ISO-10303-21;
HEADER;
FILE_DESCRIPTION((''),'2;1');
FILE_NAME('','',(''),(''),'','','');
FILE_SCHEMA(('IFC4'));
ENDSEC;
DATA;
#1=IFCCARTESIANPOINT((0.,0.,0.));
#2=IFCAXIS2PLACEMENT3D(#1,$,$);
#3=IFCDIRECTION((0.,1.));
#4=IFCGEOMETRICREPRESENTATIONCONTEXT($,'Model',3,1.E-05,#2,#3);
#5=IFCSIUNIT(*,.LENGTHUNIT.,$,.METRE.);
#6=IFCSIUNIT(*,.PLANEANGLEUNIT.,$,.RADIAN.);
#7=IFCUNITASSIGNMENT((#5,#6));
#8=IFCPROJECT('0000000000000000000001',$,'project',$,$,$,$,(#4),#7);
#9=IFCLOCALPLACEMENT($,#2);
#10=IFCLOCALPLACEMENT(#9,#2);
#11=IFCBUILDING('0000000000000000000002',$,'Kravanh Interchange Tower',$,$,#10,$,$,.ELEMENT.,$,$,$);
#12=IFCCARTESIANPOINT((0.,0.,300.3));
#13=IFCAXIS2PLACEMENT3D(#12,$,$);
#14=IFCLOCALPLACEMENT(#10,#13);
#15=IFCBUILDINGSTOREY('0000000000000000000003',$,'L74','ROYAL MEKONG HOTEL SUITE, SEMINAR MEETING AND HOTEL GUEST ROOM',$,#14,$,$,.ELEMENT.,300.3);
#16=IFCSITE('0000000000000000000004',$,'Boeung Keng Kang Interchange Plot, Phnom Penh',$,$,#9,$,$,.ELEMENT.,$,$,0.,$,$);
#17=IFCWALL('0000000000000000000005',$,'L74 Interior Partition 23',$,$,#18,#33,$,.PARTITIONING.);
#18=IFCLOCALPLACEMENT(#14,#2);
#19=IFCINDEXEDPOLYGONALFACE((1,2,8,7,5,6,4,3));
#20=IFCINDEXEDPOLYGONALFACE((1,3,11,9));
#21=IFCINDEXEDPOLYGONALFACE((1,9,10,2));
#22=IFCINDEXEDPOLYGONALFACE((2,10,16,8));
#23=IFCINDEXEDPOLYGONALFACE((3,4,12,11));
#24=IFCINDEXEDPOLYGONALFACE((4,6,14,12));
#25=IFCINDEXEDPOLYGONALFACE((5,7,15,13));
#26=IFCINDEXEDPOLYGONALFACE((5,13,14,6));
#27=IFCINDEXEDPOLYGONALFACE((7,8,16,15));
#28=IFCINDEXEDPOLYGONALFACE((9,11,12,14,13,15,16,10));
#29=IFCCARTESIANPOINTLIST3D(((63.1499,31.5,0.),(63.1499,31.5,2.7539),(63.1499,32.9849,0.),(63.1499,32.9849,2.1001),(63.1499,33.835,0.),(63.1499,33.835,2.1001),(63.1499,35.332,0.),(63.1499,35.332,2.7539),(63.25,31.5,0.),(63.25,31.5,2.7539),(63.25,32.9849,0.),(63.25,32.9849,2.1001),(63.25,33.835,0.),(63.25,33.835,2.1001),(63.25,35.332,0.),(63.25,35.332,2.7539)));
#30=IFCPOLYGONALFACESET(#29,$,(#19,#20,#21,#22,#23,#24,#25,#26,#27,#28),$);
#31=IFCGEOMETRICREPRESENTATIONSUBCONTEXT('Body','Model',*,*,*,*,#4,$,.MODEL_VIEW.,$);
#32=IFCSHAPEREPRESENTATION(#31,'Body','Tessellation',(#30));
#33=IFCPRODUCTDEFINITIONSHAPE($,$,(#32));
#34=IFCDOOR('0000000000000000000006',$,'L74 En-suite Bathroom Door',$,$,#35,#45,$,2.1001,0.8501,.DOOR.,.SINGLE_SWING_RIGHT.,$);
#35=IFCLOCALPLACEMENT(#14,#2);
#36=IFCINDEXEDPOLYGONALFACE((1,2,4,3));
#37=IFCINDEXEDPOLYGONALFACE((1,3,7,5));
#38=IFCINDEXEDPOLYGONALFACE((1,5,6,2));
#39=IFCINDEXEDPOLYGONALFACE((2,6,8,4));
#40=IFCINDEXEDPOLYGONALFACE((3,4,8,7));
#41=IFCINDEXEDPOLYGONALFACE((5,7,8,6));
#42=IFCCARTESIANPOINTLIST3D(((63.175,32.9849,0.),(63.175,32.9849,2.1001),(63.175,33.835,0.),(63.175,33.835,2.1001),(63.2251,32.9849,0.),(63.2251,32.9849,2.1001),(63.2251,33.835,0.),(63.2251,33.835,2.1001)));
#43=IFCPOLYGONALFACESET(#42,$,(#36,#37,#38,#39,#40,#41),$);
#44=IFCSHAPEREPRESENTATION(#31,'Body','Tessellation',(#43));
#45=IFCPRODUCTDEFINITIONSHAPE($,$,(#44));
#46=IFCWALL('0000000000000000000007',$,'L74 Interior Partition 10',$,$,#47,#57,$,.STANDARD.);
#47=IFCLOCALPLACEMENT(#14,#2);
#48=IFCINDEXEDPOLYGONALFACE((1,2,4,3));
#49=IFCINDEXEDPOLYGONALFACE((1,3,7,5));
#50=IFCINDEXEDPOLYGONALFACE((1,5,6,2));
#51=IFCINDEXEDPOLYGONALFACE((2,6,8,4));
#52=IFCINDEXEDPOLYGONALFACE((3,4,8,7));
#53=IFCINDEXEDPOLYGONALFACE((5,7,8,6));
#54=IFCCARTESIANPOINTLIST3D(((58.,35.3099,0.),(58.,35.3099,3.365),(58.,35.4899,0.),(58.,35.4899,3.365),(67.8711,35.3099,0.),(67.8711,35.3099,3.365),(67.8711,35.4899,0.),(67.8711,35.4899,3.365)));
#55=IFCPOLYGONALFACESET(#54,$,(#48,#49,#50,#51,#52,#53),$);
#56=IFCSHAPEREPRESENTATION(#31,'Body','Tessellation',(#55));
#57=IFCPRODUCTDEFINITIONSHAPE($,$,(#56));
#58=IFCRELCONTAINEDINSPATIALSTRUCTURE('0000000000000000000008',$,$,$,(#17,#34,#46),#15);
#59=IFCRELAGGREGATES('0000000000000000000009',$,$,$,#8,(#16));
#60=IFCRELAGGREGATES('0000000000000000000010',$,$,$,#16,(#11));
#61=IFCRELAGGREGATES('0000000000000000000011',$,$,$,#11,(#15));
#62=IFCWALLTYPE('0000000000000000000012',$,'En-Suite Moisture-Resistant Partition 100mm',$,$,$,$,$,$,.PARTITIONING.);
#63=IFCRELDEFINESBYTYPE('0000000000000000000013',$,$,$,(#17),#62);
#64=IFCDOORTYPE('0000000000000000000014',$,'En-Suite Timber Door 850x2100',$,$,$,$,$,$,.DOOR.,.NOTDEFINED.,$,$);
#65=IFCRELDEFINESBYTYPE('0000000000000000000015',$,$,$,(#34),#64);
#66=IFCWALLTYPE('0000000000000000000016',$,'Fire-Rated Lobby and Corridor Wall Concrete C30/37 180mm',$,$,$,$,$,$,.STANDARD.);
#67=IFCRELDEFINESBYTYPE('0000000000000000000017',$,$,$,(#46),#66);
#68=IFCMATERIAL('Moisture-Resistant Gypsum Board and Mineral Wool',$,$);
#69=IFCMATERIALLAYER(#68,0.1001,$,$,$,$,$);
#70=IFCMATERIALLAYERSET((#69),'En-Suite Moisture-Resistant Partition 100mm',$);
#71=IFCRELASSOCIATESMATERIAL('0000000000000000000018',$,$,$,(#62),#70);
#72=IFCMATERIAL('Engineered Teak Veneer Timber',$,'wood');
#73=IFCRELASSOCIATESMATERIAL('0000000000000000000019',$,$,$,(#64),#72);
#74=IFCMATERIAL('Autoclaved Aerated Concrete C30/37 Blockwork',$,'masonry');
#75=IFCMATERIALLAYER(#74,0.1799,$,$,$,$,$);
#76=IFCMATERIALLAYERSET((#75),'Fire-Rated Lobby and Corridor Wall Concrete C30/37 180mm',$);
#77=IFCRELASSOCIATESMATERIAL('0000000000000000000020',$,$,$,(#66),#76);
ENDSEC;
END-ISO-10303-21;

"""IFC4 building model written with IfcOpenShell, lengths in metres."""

from ifc_helpers import new_model, si_unit, direction, frame, frame_2d, origin, place, context, subcontext, project, spatial, rectangle, extrude, material, layer, layer_set, type_object, element, fill, save


model = new_model("IFC4")

# Units and contexts
model_context = context("Model", 3, precision=1e-05, world=origin(), true_north=direction((0.0, 1.0)))
body_context = subcontext(model_context, "Body", "Model", "MODEL_VIEW")
ifc_project = project(units=[si_unit("LENGTHUNIT", "METRE"), si_unit("PLANEANGLEUNIT", "RADIAN")], contexts=[model_context])

# Site, building, storey
site_placement = place(None, origin())
site = spatial("IfcSite", under=ifc_project, at=site_placement, Name="Boeung Keng Kang Interchange Plot, Phnom Penh", CompositionType="ELEMENT", RefElevation=0.0)
building_placement = place(site_placement, origin())
building = spatial("IfcBuilding", under=site, at=building_placement, Name="Kravanh Interchange Tower", CompositionType="ELEMENT")
storey_placement = place(building_placement, frame((0.0, 0.0, 300.3)))
storey = spatial("IfcBuildingStorey", under=building, at=storey_placement, Name="L74", Description="ROYAL MEKONG HOTEL SUITE, SEMINAR MEETING AND HOTEL GUEST ROOM", CompositionType="ELEMENT", Elevation=300.3)

# Shared definitions
ifc_material_1 = material(Name="Moisture-Resistant Gypsum Board and Mineral Wool")
ifc_layer_1 = layer(ifc_material_1, 0.1001)
ifc_layer_set_1 = layer_set([ifc_layer_1], Name="En-Suite Moisture-Resistant Partition 100mm")
wall_type_1 = type_object("IfcWallType", Name="En-Suite Moisture-Resistant Partition 100mm", PredefinedType="PARTITIONING", material=ifc_layer_set_1)

# Wall, opening, door
wall_1_placement = place(storey_placement, frame((63.2, 31.5, 0.0), z_axis=(0.0, 0.0, 1.0), x_axis=(0.0, 1.0, 0.0)))
wall_1 = element("IfcWall", 1, at=wall_1_placement, inside=storey, type_object=wall_type_1, Name="L74 Interior Partition 23", PredefinedType="PARTITIONING", context=body_context, shape_type="SweptSolid", body=[
    extrude(rectangle(XDim=3.832, YDim=0.1001, at=frame_2d((1.916, 0.0))), origin(), (0.0, 0.0, 1.0), 2.7539),
])
opening_1_placement = place(wall_1_placement, frame((1.4849, 0.0, 0.0)))
opening_1 = element("IfcOpeningElement", 2, at=opening_1_placement, cuts=wall_1, PredefinedType="OPENING", context=body_context, shape_type="SweptSolid", body=[
    extrude(rectangle(XDim=0.8501, YDim=2.1001, at=frame_2d((0.425, 1.05))), frame((0.0, 0.0601, 0.0), z_axis=(0.0, -1.0, 0.0), x_axis=(1.0, 0.0, 0.0)), (0.0, 0.0, 1.0), 0.1201),
])
ifc_material_2 = material(Name="Engineered Teak Veneer Timber", Category="wood")
door_type_1 = type_object("IfcDoorType", Name="En-Suite Timber Door 850x2100", OperationType="NOTDEFINED", PredefinedType="DOOR", material=ifc_material_2)
door_1_placement = place(opening_1_placement, origin())
door_1 = element("IfcDoor", 3, at=door_1_placement, inside=storey, type_object=door_type_1, Name="L74 En-suite Bathroom Door", OperationType="SINGLE_SWING_RIGHT", OverallHeight=2.1001, OverallWidth=0.8501, PredefinedType="DOOR", context=body_context, shape_type="SweptSolid", body=[
    extrude(rectangle(XDim=0.8501, YDim=2.1001, at=frame_2d((0.425, 1.05))), frame((0.0, 0.0249, 0.0), z_axis=(0.0, -1.0, 0.0), x_axis=(1.0, 0.0, 0.0)), (0.0, 0.0, 1.0), 0.05),
])
fill(opening_1, door_1)

# Wall
ifc_material_3 = material(Name="Autoclaved Aerated Concrete C30/37 Blockwork", Category="masonry")
ifc_layer_2 = layer(ifc_material_3, 0.1799)
ifc_layer_set_2 = layer_set([ifc_layer_2], Name="Fire-Rated Lobby and Corridor Wall Concrete C30/37 180mm")
wall_type_2 = type_object("IfcWallType", Name="Fire-Rated Lobby and Corridor Wall Concrete C30/37 180mm", PredefinedType="STANDARD", material=ifc_layer_set_2)
wall_2_placement = place(storey_placement, frame((58.0, 35.3999, 0.0), z_axis=(0.0, 0.0, 1.0), x_axis=(1.0, 0.0, 0.0)))
element("IfcWall", 4, at=wall_2_placement, inside=storey, type_object=wall_type_2, Name="L74 Interior Partition 10", PredefinedType="STANDARD", context=body_context, shape_type="SweptSolid", body=[
    extrude(rectangle(XDim=9.8711, YDim=0.1799, at=frame_2d((4.9355, 0.0))), origin(), (0.0, 0.0, 1.0), 3.365),
])

save(model, "model.ifc")
